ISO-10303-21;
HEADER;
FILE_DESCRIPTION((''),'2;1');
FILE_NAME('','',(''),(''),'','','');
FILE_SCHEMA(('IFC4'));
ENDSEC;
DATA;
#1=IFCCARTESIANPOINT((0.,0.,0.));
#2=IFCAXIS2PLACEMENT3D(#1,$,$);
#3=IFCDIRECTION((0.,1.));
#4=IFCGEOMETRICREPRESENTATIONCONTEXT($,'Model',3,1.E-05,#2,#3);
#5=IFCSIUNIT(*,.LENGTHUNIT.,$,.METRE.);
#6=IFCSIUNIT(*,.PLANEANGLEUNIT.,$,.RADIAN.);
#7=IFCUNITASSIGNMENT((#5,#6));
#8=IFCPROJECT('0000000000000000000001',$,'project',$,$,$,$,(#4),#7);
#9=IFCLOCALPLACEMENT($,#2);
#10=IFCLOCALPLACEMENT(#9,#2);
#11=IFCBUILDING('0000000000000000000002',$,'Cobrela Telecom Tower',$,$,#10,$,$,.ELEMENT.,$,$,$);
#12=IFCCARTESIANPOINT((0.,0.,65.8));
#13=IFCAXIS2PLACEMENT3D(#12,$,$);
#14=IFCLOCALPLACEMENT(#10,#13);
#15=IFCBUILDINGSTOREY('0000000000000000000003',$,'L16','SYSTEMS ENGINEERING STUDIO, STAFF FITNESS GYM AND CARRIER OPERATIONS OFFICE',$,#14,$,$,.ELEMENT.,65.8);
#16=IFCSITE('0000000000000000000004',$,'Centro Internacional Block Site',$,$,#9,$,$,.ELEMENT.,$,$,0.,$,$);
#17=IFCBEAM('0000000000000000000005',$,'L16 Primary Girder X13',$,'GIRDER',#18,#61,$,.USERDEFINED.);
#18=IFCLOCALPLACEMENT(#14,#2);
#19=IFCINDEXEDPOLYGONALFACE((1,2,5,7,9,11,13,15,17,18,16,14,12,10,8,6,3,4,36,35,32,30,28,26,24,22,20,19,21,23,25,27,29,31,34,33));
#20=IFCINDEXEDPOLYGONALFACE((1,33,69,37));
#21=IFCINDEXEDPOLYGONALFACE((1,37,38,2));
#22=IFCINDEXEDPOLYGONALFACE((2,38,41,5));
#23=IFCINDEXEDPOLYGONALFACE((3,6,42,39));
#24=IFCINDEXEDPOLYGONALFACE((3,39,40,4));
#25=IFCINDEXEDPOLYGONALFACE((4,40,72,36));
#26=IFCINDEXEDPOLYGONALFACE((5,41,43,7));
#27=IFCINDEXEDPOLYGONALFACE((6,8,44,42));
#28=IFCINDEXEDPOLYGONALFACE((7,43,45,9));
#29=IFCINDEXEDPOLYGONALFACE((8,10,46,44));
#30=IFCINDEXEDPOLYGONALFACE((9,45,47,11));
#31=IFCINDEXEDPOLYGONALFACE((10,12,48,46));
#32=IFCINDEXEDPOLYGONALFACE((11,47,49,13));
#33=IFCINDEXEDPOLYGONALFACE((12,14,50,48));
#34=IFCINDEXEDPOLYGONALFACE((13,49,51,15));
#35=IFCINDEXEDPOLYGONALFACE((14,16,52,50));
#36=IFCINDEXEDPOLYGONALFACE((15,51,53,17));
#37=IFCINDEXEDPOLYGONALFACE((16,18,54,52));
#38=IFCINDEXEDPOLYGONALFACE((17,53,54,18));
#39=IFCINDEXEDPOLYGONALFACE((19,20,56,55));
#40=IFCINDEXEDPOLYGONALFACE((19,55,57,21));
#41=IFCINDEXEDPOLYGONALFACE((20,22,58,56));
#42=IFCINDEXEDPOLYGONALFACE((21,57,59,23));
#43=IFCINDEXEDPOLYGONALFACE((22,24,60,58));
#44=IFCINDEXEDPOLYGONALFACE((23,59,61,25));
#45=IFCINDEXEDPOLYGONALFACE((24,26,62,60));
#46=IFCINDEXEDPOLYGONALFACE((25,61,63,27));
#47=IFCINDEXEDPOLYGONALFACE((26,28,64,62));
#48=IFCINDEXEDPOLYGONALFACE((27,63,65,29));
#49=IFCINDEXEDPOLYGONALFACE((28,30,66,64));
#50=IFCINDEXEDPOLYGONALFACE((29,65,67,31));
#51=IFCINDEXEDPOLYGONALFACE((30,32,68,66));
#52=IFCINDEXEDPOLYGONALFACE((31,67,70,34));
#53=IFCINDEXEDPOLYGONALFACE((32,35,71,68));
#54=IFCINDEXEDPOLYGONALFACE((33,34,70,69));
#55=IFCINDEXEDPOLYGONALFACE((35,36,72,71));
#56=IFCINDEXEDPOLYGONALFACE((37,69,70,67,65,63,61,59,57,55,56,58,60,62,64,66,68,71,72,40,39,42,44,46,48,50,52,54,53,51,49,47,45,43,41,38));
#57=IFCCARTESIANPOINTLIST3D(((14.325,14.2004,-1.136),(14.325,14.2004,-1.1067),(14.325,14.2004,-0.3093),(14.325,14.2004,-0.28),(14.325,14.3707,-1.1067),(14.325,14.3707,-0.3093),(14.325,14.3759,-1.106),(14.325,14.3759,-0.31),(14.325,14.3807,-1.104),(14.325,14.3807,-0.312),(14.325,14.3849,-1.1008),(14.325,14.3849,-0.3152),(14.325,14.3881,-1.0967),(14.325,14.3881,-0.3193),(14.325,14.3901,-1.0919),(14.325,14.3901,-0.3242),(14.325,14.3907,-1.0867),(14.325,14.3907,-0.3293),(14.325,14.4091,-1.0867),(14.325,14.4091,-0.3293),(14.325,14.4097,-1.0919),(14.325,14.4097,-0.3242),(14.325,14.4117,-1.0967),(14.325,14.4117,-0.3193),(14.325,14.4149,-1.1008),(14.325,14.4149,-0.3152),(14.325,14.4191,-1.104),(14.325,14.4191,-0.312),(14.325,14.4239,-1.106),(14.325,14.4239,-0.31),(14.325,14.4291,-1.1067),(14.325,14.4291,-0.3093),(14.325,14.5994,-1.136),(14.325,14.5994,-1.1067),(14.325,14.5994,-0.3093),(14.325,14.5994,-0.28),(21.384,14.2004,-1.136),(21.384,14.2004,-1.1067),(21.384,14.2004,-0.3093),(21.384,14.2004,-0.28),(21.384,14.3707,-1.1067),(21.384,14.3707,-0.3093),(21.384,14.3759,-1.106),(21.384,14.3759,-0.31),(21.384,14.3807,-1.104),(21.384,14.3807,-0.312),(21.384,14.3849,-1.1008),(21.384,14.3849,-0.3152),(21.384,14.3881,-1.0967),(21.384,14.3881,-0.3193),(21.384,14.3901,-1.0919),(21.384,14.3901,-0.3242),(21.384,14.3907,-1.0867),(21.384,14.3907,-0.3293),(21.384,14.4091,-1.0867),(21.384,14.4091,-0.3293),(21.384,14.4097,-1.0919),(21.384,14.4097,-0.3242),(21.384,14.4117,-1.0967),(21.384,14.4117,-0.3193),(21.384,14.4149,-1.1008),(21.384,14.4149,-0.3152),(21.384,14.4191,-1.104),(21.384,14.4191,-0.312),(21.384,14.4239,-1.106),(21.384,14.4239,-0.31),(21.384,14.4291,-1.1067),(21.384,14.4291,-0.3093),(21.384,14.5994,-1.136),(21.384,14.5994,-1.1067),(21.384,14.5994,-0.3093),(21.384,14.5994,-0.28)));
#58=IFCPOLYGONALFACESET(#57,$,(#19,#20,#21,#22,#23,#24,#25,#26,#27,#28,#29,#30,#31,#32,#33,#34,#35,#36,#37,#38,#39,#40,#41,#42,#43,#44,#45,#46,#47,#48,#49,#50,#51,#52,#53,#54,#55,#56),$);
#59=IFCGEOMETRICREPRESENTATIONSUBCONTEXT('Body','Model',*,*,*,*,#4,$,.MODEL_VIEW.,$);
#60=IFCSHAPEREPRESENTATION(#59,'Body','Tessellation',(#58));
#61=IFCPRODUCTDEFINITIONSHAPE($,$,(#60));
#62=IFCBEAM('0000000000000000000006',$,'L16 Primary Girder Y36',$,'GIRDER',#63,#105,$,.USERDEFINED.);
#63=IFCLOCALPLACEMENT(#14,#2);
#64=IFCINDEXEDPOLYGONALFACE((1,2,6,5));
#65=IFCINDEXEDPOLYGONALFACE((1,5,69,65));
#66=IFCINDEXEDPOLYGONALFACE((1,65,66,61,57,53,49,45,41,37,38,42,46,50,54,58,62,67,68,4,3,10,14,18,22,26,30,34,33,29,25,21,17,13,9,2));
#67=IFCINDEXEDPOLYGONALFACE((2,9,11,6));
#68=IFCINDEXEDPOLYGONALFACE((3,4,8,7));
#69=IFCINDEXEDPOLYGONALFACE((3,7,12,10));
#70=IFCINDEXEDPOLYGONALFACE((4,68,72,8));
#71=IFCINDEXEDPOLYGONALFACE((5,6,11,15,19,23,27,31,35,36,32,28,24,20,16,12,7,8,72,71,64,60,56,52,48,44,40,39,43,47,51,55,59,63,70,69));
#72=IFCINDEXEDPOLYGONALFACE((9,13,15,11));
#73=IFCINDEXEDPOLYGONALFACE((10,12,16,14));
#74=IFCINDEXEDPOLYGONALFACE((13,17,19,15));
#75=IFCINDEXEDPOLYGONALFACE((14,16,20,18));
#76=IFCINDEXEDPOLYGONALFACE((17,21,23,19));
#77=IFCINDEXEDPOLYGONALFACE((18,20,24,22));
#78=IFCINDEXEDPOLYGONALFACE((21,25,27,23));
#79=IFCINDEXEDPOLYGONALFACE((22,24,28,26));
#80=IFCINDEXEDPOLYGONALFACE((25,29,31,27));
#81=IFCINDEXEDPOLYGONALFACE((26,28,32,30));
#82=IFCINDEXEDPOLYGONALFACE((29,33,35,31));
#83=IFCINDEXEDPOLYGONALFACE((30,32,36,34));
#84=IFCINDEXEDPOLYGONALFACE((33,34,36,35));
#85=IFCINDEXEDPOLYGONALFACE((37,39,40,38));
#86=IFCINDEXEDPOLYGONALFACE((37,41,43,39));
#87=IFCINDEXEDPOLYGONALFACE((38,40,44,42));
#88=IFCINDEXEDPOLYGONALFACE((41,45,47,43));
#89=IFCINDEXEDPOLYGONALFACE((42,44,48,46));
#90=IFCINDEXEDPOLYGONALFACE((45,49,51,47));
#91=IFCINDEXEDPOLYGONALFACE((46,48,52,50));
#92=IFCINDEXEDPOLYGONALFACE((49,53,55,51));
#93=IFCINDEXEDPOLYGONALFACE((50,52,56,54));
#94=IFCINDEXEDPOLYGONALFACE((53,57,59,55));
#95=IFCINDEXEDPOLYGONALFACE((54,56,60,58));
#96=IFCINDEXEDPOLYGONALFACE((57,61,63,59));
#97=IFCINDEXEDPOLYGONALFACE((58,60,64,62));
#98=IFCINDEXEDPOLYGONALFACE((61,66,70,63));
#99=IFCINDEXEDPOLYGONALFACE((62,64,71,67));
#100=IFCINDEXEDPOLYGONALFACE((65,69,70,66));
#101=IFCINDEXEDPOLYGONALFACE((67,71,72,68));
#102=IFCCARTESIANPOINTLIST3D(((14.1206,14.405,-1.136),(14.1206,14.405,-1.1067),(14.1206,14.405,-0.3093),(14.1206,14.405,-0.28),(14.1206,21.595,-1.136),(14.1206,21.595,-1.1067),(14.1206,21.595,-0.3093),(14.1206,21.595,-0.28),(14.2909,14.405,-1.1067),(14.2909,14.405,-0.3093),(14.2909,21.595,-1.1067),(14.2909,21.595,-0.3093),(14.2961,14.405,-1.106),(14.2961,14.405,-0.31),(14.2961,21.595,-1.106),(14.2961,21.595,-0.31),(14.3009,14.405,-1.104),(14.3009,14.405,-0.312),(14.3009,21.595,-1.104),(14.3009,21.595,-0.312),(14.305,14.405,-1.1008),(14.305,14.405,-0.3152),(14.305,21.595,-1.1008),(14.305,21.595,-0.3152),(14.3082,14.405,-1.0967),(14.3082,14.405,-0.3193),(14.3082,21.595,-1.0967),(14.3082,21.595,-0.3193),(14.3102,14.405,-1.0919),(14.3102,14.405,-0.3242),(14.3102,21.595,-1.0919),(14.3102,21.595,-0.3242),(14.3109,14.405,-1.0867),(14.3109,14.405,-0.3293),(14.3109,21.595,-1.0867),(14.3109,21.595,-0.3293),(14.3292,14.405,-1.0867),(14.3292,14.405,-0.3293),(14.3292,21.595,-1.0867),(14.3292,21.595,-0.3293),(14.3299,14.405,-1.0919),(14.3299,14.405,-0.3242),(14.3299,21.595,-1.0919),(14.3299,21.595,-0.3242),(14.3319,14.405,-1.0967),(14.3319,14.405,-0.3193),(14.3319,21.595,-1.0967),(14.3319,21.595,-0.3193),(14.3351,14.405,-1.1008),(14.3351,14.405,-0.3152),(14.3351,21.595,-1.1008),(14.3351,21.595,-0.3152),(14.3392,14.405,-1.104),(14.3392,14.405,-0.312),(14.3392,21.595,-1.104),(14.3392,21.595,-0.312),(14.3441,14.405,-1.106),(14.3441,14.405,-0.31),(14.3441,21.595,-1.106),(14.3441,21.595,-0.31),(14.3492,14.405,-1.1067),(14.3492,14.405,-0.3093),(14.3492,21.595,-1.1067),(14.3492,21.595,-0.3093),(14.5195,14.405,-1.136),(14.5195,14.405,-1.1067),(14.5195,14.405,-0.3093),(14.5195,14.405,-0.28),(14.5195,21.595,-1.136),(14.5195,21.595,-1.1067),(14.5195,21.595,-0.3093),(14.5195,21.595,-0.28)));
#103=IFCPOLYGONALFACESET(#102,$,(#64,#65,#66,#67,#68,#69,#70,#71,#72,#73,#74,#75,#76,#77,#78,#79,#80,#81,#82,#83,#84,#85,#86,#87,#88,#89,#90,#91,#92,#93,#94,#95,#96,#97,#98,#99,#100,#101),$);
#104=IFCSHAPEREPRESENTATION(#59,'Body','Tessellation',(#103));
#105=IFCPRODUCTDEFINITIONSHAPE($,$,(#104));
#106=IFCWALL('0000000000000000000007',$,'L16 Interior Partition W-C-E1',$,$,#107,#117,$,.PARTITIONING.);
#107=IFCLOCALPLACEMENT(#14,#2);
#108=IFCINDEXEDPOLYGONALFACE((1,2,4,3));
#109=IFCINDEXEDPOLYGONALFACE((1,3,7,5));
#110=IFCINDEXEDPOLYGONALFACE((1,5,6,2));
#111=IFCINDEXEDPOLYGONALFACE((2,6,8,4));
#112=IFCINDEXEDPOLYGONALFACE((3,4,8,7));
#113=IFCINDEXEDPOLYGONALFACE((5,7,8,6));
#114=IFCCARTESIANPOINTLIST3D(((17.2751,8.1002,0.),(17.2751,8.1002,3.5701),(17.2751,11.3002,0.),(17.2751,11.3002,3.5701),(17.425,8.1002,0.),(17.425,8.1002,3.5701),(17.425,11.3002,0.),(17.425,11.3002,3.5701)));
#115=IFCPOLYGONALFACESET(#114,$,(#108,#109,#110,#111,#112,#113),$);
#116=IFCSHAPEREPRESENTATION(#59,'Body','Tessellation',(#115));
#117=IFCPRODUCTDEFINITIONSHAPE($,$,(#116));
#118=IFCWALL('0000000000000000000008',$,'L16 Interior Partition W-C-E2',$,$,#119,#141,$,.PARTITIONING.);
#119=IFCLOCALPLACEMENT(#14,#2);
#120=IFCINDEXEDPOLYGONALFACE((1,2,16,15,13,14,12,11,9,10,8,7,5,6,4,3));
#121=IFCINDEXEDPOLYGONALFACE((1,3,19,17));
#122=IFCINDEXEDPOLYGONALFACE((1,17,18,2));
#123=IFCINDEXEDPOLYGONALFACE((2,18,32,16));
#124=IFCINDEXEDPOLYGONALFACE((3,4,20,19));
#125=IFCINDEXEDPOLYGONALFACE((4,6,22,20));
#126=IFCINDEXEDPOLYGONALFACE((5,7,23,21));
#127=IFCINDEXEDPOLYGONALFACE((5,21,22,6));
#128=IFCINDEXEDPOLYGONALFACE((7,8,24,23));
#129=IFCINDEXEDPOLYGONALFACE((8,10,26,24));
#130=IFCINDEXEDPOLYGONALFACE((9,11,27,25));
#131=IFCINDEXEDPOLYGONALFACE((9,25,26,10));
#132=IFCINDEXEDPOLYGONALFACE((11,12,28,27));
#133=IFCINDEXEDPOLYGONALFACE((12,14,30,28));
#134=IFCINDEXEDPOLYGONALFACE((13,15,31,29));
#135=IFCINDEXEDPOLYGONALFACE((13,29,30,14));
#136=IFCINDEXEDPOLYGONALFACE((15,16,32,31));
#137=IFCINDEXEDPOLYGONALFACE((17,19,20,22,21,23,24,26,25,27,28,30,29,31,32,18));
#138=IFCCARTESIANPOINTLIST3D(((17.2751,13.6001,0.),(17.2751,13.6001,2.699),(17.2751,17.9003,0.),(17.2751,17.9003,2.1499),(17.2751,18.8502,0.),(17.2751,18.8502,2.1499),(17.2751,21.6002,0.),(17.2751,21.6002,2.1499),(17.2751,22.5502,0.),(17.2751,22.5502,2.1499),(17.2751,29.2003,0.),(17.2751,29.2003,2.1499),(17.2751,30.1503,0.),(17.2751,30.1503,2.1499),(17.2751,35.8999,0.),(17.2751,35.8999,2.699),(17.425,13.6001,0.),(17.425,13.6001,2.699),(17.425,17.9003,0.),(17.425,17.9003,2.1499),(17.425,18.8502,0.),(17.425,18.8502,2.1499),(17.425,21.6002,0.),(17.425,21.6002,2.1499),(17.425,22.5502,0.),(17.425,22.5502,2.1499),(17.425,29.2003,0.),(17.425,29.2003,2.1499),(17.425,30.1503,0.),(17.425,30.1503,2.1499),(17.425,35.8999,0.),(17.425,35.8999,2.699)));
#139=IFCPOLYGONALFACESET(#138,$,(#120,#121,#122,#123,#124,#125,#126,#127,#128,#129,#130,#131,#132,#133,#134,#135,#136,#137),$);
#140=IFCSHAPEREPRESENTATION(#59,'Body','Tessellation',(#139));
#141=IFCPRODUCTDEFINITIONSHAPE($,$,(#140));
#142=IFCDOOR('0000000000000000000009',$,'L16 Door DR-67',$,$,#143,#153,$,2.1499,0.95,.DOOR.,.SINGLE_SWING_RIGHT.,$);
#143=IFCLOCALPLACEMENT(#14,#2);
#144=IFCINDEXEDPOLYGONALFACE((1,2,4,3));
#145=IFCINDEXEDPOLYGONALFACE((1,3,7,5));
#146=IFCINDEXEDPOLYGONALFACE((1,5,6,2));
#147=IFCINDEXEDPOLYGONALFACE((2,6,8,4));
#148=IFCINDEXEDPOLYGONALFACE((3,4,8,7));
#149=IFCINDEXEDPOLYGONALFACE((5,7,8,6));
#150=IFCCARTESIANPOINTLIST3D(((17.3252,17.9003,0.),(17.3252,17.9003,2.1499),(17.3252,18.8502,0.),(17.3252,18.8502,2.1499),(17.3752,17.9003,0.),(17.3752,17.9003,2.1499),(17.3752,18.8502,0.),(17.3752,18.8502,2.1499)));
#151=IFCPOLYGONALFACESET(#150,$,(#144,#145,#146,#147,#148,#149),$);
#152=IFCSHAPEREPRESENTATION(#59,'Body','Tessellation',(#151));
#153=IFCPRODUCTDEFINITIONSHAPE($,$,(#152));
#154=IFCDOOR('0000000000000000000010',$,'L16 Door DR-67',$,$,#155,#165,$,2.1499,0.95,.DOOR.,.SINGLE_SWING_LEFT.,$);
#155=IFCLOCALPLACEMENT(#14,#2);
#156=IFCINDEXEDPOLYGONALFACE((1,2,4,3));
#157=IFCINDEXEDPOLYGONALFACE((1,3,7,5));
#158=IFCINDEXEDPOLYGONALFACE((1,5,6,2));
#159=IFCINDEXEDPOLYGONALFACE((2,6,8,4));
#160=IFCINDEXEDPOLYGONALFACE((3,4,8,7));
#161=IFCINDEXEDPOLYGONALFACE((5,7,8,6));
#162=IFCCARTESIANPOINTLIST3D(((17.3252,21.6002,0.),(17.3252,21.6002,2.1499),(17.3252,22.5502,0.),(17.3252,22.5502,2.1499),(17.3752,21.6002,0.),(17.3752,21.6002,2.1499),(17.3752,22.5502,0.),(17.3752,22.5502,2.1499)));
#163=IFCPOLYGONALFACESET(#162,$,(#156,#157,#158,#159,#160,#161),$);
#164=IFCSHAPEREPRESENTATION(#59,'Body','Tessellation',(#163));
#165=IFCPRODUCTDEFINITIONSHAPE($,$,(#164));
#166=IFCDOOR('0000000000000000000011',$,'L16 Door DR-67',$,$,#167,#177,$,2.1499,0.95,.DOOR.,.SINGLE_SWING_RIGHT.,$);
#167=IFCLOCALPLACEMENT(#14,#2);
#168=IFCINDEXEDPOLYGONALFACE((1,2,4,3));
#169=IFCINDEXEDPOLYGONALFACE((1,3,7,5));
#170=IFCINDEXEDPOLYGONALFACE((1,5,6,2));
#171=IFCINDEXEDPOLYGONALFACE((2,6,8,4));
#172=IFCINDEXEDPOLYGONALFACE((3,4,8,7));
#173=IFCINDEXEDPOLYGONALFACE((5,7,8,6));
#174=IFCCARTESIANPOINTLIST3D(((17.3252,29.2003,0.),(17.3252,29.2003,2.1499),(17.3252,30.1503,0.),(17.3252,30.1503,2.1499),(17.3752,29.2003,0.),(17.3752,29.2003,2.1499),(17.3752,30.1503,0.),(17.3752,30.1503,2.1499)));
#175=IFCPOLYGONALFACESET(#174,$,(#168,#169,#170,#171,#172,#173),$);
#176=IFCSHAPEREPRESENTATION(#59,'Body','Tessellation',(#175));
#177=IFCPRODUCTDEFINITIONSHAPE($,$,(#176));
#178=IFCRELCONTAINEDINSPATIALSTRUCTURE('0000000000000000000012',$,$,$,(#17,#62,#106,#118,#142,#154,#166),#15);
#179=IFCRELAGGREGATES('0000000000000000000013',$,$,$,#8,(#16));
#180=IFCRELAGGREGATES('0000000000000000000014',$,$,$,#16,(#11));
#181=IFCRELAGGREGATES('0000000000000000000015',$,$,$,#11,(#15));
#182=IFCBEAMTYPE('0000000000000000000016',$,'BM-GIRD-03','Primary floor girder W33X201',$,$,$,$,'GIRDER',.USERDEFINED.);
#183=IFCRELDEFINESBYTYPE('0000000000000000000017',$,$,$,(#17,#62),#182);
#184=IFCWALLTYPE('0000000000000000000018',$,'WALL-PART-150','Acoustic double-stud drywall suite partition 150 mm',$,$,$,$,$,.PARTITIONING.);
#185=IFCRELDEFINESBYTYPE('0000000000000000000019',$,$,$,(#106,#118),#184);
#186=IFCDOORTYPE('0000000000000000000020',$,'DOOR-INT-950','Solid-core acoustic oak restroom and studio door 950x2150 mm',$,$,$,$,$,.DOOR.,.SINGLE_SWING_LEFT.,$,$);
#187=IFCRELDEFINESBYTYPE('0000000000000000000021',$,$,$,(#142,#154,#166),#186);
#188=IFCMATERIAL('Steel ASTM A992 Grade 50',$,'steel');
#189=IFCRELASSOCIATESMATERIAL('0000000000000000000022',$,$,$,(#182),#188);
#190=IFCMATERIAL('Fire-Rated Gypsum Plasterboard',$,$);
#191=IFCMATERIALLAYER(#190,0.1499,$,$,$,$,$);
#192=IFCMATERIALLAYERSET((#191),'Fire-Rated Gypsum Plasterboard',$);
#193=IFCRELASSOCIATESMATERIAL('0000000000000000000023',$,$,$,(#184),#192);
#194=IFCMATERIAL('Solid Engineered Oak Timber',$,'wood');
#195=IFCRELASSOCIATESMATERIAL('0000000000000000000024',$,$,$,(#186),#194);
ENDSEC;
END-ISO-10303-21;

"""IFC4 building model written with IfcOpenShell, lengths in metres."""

from ifc_helpers import new_model, si_unit, direction, frame, frame_2d, origin, origin_2d, place, context, subcontext, project, spatial, rectangle, i_section, extrude, material, layer, layer_set, material_profile, profile_set, type_object, element, fill, save


model = new_model("IFC4")

# Units and contexts
model_context = context("Model", 3, precision=1e-05, world=origin(), true_north=direction((0.0, 1.0)))
body_context = subcontext(model_context, "Body", "Model", "MODEL_VIEW")
ifc_project = project(units=[si_unit("LENGTHUNIT", "METRE"), si_unit("PLANEANGLEUNIT", "RADIAN")], contexts=[model_context])

# Site, building, storey
site_placement = place(None, origin())
site = spatial("IfcSite", under=ifc_project, at=site_placement, Name="Centro Internacional Block Site", CompositionType="ELEMENT", RefElevation=0.0)
building_placement = place(site_placement, origin())
building = spatial("IfcBuilding", under=site, at=building_placement, Name="Cobrela Telecom Tower", CompositionType="ELEMENT")
storey_placement = place(building_placement, frame((0.0, 0.0, 65.8)))
storey = spatial("IfcBuildingStorey", under=building, at=storey_placement, Name="L16", Description="SYSTEMS ENGINEERING STUDIO, STAFF FITNESS GYM AND CARRIER OPERATIONS OFFICE", CompositionType="ELEMENT", Elevation=65.8)

# Beams
ifc_material_1 = material(Name="Steel ASTM A992 Grade 50", Category="steel")
ifc_material_profile = material_profile(ifc_material_1, i_section(OverallWidth=0.3989, OverallDepth=0.856, WebThickness=0.0183, FlangeThickness=0.0293, FilletRadius=0.02, at=origin_2d()), Name="W33X201")
ifc_profile_set = profile_set([ifc_material_profile], Name="Steel ASTM A992 Grade 50")
beam_type = type_object("IfcBeamType", Name="BM-GIRD-03", Description="Primary floor girder W33X201", ElementType="GIRDER", PredefinedType="USERDEFINED", material=ifc_profile_set)
beam_1_placement = place(storey_placement, frame((14.325, 14.3999, -0.708), z_axis=(1.0, 0.0, 0.0), x_axis=(0.0, 1.0, 0.0)))
element("IfcBeam", 1, at=beam_1_placement, inside=storey, type_object=beam_type, Name="L16 Primary Girder X13", ObjectType="GIRDER", PredefinedType="USERDEFINED", context=body_context, shape_type="SweptSolid", body=[
    extrude(i_section(OverallWidth=0.3989, OverallDepth=0.856, WebThickness=0.0183, FlangeThickness=0.0293, FilletRadius=0.02, at=origin_2d()), origin(), (0.0, 0.0, 1.0), 7.0591),
])
beam_2_placement = place(storey_placement, frame((14.3201, 14.405, -0.708), z_axis=(0.0, 1.0, 0.0), x_axis=(-1.0, 0.0, 0.0)))
element("IfcBeam", 2, at=beam_2_placement, inside=storey, type_object=beam_type, Name="L16 Primary Girder Y36", ObjectType="GIRDER", PredefinedType="USERDEFINED", context=body_context, shape_type="SweptSolid", body=[
    extrude(i_section(OverallWidth=0.3989, OverallDepth=0.856, WebThickness=0.0183, FlangeThickness=0.0293, FilletRadius=0.02, at=origin_2d()), origin(), (0.0, 0.0, 1.0), 7.1899),
])

# Shared definitions
ifc_material_2 = material(Name="Fire-Rated Gypsum Plasterboard")
ifc_layer_1 = layer(ifc_material_2, 0.1499)
ifc_layer_set_1 = layer_set([ifc_layer_1], Name="Fire-Rated Gypsum Plasterboard")
wall_type_1 = type_object("IfcWallType", Name="WALL-PART-150", Description="Acoustic double-stud drywall suite partition 150 mm", PredefinedType="PARTITIONING", material=ifc_layer_set_1)
ifc_material_3 = material(Name="Solid Engineered Oak Timber", Category="wood")
door_type_1 = type_object("IfcDoorType", Name="DOOR-INT-950", Description="Solid-core acoustic oak restroom and studio door 950x2150 mm", OperationType="SINGLE_SWING_LEFT", PredefinedType="DOOR", material=ifc_material_3)

# Wall
wall_1_placement = place(storey_placement, frame((17.3501, 8.1001, 0.0), z_axis=(0.0, 0.0, 1.0), x_axis=(0.0, 1.0, 0.0)))
element("IfcWall", 3, at=wall_1_placement, inside=storey, type_object=wall_type_1, Name="L16 Interior Partition W-C-E1", PredefinedType="PARTITIONING", context=body_context, shape_type="SweptSolid", body=[
    extrude(rectangle(XDim=3.2, YDim=0.1499, at=frame_2d((1.6001, 0.0))), origin(), (0.0, 0.0, 1.0), 3.5701),
])

# Wall, openings, doors
wall_2_placement = place(storey_placement, frame((17.3501, 13.6001, 0.0), z_axis=(0.0, 0.0, 1.0), x_axis=(0.0, 1.0, 0.0)))
wall_2 = element("IfcWall", 4, at=wall_2_placement, inside=storey, type_object=wall_type_1, Name="L16 Interior Partition W-C-E2", PredefinedType="PARTITIONING", context=body_context, shape_type="SweptSolid", body=[
    extrude(rectangle(XDim=22.2998, YDim=0.1499, at=frame_2d((11.1499, 0.0))), origin(), (0.0, 0.0, 1.0), 2.699),
])
opening_1_placement = place(wall_2_placement, frame((4.3, 0.0, 0.0)))
opening_1 = element("IfcOpeningElement", 5, at=opening_1_placement, cuts=wall_2, PredefinedType="OPENING", context=body_context, shape_type="SweptSolid", body=[
    extrude(rectangle(XDim=0.95, YDim=2.1499, at=frame_2d((0.4751, 1.075))), frame((0.0, 0.0869, 0.0), z_axis=(0.0, -1.0, 0.0), x_axis=(1.0, 0.0, 0.0)), (0.0, 0.0, 1.0), 0.1738),
])
opening_2_placement = place(wall_2_placement, frame((8.0, 0.0, 0.0)))
opening_2 = element("IfcOpeningElement", 6, at=opening_2_placement, cuts=wall_2, PredefinedType="OPENING", context=body_context, shape_type="SweptSolid", body=[
    extrude(rectangle(XDim=0.95, YDim=2.1499, at=frame_2d((0.4751, 1.075))), frame((0.0, 0.0869, 0.0), z_axis=(0.0, -1.0, 0.0), x_axis=(1.0, 0.0, 0.0)), (0.0, 0.0, 1.0), 0.1738),
])
opening_3_placement = place(wall_2_placement, frame((15.6001, 0.0, 0.0)))
opening_3 = element("IfcOpeningElement", 7, at=opening_3_placement, cuts=wall_2, PredefinedType="OPENING", context=body_context, shape_type="SweptSolid", body=[
    extrude(rectangle(XDim=0.95, YDim=2.1499, at=frame_2d((0.4751, 1.075))), frame((0.0, 0.0869, 0.0), z_axis=(0.0, -1.0, 0.0), x_axis=(1.0, 0.0, 0.0)), (0.0, 0.0, 1.0), 0.1738),
])
door_1_placement = place(opening_1_placement, origin())
door_1 = element("IfcDoor", 8, at=door_1_placement, inside=storey, type_object=door_type_1, Name="L16 Door DR-67", OperationType="SINGLE_SWING_RIGHT", OverallHeight=2.1499, OverallWidth=0.95, PredefinedType="DOOR", context=body_context, shape_type="SweptSolid", body=[
    extrude(rectangle(XDim=0.95, YDim=2.1499, at=frame_2d((0.4751, 1.075))), frame((0.0, 0.0249, 0.0), z_axis=(0.0, -1.0, 0.0), x_axis=(1.0, 0.0, 0.0)), (0.0, 0.0, 1.0), 0.05),
])
fill(opening_1, door_1)
door_2_placement = place(opening_2_placement, origin())
door_2 = element("IfcDoor", 9, at=door_2_placement, inside=storey, type_object=door_type_1, Name="L16 Door DR-67", OperationType="SINGLE_SWING_LEFT", OverallHeight=2.1499, OverallWidth=0.95, PredefinedType="DOOR", context=body_context, shape_type="SweptSolid", body=[
    extrude(rectangle(XDim=0.95, YDim=2.1499, at=frame_2d((0.4751, 1.075))), frame((0.0, 0.0249, 0.0), z_axis=(0.0, -1.0, 0.0), x_axis=(1.0, 0.0, 0.0)), (0.0, 0.0, 1.0), 0.05),
])
fill(opening_2, door_2)
door_3_placement = place(opening_3_placement, origin())
door_3 = element("IfcDoor", 10, at=door_3_placement, inside=storey, type_object=door_type_1, Name="L16 Door DR-67", OperationType="SINGLE_SWING_RIGHT", OverallHeight=2.1499, OverallWidth=0.95, PredefinedType="DOOR", context=body_context, shape_type="SweptSolid", body=[
    extrude(rectangle(XDim=0.95, YDim=2.1499, at=frame_2d((0.4751, 1.075))), frame((0.0, 0.0249, 0.0), z_axis=(0.0, -1.0, 0.0), x_axis=(1.0, 0.0, 0.0)), (0.0, 0.0, 1.0), 0.05),
])
fill(opening_3, door_3)

save(model, "model.ifc")
